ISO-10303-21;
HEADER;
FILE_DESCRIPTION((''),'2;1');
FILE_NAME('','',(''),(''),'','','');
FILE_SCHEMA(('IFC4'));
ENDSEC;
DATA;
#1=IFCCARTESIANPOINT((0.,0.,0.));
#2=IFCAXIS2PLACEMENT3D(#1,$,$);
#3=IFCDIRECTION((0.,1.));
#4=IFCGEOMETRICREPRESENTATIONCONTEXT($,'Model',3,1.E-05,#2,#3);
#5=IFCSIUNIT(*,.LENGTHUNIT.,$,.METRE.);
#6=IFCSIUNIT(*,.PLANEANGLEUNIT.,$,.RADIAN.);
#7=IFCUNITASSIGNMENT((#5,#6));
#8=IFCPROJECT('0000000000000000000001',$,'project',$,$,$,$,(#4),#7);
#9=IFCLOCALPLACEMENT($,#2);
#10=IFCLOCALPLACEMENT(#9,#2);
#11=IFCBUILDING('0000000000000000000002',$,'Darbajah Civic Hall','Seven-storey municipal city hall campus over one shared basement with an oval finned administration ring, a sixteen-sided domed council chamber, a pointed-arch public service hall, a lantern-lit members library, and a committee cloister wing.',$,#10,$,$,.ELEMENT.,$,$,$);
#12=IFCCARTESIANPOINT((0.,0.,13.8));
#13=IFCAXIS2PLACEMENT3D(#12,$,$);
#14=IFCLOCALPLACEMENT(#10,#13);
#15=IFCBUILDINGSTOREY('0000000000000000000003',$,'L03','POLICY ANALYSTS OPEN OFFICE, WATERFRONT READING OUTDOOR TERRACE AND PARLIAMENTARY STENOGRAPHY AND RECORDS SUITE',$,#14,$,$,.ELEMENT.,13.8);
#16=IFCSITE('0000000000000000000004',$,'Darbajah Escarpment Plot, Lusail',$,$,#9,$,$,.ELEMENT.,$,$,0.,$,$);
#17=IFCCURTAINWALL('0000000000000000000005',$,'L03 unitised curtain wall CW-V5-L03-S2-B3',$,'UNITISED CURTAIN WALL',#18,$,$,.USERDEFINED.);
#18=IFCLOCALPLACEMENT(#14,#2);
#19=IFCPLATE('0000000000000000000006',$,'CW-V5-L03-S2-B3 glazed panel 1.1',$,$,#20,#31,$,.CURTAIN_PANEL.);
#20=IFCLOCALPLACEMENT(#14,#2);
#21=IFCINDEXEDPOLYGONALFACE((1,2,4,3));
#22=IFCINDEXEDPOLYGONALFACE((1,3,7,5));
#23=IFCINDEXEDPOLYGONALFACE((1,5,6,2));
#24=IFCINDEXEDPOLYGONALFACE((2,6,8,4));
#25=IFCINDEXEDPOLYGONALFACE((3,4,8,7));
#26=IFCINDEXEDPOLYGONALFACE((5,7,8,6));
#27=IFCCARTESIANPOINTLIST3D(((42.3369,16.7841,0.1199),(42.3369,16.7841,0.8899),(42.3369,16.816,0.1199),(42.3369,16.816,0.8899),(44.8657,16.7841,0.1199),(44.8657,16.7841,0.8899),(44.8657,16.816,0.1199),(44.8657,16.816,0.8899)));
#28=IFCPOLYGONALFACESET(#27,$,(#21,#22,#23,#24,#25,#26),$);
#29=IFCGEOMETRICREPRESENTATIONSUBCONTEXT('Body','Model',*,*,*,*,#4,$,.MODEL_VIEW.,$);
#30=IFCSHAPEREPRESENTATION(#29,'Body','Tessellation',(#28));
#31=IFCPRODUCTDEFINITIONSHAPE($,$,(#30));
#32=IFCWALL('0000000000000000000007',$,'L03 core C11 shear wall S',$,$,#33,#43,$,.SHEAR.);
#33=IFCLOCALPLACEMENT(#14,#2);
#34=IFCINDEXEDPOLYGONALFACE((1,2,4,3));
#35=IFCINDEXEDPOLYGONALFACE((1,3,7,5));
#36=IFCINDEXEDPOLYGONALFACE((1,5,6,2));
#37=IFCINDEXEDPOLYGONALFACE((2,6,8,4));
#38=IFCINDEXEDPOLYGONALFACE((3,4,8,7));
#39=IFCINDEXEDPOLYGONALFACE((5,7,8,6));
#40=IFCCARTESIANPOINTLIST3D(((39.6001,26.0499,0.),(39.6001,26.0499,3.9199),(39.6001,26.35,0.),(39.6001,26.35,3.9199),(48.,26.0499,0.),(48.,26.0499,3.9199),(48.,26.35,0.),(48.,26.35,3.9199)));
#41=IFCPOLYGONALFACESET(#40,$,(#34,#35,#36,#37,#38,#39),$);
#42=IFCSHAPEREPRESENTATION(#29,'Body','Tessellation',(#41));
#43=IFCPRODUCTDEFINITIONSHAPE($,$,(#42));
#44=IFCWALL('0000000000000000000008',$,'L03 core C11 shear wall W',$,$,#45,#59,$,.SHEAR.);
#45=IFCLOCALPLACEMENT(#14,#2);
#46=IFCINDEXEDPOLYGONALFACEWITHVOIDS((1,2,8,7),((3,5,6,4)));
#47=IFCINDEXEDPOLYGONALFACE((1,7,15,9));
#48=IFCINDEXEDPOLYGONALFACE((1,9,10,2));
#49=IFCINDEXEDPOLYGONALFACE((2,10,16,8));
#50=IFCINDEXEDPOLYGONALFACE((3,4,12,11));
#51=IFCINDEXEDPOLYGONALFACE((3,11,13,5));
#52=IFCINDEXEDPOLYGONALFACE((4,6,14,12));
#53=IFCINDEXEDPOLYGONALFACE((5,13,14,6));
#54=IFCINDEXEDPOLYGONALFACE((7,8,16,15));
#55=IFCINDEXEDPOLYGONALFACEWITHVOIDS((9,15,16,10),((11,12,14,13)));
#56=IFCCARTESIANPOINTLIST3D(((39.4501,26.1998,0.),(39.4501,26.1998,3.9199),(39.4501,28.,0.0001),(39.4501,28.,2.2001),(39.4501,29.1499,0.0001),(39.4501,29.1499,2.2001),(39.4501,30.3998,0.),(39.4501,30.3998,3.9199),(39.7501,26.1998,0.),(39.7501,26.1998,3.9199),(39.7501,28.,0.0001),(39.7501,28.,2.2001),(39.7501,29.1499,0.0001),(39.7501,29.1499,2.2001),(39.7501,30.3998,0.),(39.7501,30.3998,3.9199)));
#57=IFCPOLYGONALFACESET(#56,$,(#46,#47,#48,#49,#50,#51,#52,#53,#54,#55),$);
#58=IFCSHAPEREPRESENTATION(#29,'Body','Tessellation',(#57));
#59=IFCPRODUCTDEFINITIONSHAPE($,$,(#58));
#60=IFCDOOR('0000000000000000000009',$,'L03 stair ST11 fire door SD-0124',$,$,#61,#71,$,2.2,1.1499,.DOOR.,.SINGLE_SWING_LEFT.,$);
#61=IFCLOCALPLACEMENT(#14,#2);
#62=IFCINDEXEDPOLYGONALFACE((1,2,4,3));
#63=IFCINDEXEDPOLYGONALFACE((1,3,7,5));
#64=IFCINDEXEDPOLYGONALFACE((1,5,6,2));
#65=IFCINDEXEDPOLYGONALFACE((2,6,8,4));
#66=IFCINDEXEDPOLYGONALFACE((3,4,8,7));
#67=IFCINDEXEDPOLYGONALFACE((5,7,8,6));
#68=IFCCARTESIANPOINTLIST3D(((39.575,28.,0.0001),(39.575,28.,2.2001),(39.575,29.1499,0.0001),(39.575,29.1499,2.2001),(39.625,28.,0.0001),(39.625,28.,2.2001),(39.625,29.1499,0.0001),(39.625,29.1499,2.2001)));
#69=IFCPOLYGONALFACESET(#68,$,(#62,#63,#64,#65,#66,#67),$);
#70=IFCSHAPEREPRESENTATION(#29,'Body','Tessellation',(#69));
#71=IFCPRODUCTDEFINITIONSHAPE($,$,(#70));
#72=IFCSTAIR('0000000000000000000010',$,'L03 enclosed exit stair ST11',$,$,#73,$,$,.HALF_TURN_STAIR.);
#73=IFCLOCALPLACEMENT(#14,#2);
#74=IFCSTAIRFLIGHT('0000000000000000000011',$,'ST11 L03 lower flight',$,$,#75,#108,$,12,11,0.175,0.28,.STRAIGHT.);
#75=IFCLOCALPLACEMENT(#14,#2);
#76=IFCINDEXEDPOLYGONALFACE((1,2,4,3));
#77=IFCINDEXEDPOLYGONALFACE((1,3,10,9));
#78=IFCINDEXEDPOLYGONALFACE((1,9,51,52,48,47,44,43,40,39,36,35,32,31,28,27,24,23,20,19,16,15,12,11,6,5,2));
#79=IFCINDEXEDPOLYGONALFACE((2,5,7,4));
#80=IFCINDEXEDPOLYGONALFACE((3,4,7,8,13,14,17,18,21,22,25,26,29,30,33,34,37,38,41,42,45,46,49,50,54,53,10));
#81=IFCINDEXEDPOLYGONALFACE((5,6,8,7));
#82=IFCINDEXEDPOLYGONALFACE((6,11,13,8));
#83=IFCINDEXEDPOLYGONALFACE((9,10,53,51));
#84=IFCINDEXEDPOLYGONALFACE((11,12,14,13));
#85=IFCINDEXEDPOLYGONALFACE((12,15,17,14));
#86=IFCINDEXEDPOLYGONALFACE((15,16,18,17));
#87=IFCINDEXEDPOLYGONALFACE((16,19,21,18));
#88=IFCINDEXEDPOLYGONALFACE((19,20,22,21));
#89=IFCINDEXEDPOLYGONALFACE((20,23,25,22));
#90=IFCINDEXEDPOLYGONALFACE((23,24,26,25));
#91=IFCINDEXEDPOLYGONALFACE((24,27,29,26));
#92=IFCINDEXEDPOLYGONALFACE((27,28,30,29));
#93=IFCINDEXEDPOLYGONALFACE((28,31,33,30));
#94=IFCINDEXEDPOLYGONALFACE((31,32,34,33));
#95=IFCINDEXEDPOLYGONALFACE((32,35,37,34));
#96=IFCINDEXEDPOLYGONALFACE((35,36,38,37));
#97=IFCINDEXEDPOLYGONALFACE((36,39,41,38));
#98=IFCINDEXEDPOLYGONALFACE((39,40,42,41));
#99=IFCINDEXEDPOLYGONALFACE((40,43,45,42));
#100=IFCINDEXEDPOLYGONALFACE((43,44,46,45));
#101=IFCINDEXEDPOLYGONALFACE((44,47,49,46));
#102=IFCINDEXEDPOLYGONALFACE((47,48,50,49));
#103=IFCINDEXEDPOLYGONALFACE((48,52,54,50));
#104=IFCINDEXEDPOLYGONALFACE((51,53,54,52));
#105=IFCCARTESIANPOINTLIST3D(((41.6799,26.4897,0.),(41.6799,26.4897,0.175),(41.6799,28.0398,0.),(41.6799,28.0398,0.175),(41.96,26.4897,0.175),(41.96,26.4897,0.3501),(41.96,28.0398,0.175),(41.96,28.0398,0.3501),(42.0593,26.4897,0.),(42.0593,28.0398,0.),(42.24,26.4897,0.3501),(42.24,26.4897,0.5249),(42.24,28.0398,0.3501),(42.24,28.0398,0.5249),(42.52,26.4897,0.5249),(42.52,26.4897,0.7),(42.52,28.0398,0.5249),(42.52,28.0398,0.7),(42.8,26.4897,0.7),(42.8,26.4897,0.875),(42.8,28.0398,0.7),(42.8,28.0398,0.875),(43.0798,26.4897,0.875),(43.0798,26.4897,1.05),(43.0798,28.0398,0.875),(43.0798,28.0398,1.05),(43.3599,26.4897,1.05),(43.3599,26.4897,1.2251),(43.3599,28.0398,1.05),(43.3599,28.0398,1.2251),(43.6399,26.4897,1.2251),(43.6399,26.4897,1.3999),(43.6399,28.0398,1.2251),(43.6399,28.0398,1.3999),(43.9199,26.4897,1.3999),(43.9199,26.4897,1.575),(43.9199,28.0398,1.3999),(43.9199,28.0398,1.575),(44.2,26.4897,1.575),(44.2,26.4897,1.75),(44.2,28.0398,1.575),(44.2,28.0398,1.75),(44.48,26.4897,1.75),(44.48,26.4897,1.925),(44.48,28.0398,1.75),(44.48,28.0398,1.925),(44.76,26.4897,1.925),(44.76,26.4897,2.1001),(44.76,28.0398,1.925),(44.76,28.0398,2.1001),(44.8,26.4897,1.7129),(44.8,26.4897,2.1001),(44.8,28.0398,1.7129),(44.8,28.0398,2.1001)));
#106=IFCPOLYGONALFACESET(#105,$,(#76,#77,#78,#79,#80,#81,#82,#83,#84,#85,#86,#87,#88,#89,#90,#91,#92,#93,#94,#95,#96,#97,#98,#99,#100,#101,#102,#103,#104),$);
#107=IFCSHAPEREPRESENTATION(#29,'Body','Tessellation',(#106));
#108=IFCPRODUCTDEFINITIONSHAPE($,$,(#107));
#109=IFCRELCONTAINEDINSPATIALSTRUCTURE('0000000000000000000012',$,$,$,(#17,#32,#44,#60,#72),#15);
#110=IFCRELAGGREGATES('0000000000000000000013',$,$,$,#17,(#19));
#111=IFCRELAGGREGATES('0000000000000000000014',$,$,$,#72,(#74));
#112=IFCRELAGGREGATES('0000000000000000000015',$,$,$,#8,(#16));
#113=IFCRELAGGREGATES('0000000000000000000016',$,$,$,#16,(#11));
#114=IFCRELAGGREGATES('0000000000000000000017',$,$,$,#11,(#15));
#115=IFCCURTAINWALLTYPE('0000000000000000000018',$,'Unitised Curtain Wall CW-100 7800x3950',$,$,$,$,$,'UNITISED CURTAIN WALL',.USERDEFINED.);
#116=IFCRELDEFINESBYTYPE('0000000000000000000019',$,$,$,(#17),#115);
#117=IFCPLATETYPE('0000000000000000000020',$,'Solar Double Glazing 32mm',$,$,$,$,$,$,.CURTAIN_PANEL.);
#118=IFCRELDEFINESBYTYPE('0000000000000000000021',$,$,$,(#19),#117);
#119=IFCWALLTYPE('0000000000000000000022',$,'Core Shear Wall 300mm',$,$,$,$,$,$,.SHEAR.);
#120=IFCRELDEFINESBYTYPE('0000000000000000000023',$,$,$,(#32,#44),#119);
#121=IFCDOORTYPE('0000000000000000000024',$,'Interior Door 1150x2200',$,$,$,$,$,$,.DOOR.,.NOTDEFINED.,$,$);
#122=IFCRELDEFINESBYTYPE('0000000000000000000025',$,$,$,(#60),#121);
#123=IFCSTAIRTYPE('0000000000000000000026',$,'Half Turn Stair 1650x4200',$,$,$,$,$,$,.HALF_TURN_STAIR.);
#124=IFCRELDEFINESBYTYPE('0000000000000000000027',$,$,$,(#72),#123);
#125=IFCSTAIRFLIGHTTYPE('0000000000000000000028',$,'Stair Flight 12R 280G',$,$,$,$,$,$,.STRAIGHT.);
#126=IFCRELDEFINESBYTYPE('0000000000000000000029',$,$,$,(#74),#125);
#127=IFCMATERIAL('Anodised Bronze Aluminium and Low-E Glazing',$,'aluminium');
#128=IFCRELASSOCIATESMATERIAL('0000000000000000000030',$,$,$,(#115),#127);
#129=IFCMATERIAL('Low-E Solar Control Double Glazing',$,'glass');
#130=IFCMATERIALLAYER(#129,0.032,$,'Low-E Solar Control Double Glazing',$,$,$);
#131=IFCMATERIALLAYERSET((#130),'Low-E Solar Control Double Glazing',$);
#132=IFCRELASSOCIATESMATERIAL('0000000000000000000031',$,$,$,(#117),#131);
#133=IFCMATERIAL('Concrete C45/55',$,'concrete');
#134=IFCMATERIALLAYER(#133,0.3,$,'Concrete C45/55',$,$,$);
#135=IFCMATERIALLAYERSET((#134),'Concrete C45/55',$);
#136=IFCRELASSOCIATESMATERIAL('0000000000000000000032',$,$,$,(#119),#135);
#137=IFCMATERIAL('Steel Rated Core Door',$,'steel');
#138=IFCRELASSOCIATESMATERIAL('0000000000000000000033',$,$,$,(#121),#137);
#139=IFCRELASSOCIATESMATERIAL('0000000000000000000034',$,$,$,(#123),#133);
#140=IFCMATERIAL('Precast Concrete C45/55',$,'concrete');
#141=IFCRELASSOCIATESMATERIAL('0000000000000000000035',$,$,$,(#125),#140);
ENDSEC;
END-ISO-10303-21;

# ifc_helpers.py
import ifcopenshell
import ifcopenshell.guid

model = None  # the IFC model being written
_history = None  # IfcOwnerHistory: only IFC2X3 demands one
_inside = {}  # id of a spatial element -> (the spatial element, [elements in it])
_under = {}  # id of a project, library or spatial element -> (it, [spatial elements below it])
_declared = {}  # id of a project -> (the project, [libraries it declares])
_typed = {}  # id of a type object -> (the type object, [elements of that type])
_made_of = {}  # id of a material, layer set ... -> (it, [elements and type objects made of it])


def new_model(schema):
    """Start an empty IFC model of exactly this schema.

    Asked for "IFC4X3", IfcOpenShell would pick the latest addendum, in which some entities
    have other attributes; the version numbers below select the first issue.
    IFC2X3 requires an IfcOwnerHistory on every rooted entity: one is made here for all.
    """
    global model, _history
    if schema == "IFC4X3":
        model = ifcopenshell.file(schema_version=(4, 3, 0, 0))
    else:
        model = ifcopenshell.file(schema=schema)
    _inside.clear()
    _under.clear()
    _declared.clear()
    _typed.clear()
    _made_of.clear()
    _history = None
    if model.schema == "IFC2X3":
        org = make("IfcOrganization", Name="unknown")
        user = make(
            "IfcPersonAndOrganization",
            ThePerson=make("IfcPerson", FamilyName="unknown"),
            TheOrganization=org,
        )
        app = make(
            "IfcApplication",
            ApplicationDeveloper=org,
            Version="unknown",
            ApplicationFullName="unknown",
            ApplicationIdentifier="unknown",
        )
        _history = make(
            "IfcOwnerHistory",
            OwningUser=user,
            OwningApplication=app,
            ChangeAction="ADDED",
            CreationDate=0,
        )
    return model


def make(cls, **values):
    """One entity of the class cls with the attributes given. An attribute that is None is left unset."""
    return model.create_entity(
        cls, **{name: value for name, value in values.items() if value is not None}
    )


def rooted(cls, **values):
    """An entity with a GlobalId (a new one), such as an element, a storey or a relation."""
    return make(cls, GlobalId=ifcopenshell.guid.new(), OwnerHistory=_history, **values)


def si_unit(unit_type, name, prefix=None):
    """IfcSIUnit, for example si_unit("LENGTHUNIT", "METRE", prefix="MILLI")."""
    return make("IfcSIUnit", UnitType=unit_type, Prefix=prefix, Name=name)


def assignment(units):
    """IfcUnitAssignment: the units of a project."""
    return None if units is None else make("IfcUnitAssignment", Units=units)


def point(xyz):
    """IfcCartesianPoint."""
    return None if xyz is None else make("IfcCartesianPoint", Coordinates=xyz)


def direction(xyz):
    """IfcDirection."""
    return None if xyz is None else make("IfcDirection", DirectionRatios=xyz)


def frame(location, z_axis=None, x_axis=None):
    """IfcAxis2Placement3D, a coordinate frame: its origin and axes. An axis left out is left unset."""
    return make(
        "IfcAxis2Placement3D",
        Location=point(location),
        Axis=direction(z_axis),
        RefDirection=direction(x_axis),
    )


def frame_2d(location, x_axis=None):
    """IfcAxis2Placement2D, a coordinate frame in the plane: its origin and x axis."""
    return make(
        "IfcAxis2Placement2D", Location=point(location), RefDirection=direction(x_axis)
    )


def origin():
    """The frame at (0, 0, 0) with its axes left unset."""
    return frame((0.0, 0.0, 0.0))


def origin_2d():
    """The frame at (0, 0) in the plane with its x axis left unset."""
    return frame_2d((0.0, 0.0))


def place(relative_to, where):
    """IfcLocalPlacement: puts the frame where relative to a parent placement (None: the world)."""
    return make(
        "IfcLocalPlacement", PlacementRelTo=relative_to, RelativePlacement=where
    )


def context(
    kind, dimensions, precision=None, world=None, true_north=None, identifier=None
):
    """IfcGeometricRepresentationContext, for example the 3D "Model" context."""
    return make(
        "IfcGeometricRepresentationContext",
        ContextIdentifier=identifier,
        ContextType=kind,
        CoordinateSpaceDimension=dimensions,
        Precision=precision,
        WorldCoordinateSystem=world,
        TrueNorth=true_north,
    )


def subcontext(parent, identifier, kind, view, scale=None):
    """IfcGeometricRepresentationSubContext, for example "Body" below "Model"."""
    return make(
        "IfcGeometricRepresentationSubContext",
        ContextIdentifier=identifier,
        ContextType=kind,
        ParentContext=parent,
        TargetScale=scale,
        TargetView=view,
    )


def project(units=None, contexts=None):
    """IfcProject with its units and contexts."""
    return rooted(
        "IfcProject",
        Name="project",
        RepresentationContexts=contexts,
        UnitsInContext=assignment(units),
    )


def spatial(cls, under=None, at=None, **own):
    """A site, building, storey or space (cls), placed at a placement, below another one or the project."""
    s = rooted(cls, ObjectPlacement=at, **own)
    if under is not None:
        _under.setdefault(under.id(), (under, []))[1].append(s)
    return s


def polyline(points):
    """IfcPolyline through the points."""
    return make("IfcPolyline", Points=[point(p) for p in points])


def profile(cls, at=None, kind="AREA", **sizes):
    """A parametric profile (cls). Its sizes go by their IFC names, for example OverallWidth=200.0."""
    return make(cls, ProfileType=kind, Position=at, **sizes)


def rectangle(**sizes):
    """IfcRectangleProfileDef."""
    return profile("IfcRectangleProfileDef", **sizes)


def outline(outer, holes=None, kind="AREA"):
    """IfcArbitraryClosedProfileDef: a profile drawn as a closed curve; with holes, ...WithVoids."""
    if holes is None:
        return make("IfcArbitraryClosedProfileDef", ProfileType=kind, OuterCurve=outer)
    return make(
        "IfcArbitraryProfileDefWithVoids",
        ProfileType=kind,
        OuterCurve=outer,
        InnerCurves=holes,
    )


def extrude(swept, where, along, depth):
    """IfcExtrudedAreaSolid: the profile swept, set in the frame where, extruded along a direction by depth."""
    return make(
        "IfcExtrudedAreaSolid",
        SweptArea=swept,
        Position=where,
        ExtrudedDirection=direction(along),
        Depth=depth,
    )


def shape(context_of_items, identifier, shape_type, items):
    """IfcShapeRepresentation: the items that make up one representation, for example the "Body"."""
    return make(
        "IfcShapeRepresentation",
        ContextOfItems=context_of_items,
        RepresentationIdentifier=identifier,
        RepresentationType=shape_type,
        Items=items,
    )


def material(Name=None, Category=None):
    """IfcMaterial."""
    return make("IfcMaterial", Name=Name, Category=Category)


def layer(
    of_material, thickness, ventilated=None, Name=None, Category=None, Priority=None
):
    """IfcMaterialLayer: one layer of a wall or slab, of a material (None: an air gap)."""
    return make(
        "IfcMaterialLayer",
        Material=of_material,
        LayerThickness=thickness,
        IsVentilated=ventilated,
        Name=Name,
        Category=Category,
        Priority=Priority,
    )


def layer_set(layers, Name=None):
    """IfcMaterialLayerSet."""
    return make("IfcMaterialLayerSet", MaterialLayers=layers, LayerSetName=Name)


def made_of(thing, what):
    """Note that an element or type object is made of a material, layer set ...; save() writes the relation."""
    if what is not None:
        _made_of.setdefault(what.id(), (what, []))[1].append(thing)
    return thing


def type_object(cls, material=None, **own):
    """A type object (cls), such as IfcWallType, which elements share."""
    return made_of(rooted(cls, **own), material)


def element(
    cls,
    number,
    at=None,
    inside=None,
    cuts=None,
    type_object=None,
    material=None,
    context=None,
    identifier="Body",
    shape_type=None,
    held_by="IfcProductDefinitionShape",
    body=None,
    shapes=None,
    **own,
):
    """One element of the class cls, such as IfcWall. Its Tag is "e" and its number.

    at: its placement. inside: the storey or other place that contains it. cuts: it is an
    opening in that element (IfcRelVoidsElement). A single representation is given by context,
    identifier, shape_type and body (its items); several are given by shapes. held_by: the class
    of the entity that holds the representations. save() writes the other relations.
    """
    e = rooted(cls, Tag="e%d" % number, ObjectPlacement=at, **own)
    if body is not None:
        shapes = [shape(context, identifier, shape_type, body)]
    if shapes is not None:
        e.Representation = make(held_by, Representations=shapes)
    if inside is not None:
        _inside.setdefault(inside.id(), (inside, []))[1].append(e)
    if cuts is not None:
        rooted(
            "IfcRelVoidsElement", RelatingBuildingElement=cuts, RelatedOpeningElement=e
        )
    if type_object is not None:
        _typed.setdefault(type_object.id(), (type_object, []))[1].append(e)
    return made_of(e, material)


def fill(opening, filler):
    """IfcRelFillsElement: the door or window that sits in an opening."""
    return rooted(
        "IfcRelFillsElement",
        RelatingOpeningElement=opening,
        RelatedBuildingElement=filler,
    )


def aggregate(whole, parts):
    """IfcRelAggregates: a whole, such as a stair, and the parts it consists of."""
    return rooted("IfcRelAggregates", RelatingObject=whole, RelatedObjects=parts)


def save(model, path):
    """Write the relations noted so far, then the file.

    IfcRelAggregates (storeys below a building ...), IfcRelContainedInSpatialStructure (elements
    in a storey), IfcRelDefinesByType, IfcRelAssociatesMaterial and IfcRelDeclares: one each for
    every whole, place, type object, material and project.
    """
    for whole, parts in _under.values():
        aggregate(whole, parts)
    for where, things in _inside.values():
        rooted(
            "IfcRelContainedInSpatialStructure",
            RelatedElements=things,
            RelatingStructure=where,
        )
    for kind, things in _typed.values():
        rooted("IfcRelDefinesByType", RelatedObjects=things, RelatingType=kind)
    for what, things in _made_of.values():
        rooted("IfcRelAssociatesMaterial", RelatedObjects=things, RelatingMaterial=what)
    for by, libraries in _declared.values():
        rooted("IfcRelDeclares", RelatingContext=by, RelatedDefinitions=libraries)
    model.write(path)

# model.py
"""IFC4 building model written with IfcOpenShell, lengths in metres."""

from ifc_helpers import new_model, si_unit, direction, frame, frame_2d, origin, origin_2d, place, context, subcontext, project, spatial, polyline, rectangle, outline, extrude, material, layer, layer_set, type_object, element, fill, aggregate, save


model = new_model("IFC4")

# Units and contexts
model_context = context("Model", 3, precision=1e-05, world=origin(), true_north=direction((0.0, 1.0)))
body_context = subcontext(model_context, "Body", "Model", "MODEL_VIEW")
ifc_project = project(units=[si_unit("LENGTHUNIT", "METRE"), si_unit("PLANEANGLEUNIT", "RADIAN")], contexts=[model_context])

# Site, building, storey
site_placement = place(None, origin())
site = spatial("IfcSite", under=ifc_project, at=site_placement, Name="Darbajah Escarpment Plot, Lusail", CompositionType="ELEMENT", RefElevation=0.0)
building_placement = place(site_placement, origin())
building = spatial("IfcBuilding", under=site, at=building_placement, Name="Darbajah Civic Hall", Description="Seven-storey municipal city hall campus over one shared basement with an oval finned administration ring, a sixteen-sided domed council chamber, a pointed-arch public service hall, a lantern-lit members library, and a committee cloister wing.", CompositionType="ELEMENT")
storey_placement = place(building_placement, frame((0.0, 0.0, 13.8)))
storey = spatial("IfcBuildingStorey", under=building, at=storey_placement, Name="L03", Description="POLICY ANALYSTS OPEN OFFICE, WATERFRONT READING OUTDOOR TERRACE AND PARLIAMENTARY STENOGRAPHY AND RECORDS SUITE", CompositionType="ELEMENT", Elevation=13.8)

# Shared definitions
ifc_material_1 = material(Name="Concrete C45/55", Category="concrete")

# Curtain wall
ifc_material_2 = material(Name="Anodised Bronze Aluminium and Low-E Glazing", Category="aluminium")
curtain_wall_type = type_object("IfcCurtainWallType", Name="Unitised Curtain Wall CW-100 7800x3950", ElementType="UNITISED CURTAIN WALL", PredefinedType="USERDEFINED", material=ifc_material_2)
curtain_wall_placement = place(storey_placement, origin())
curtain_wall = element("IfcCurtainWall", 1, at=curtain_wall_placement, inside=storey, type_object=curtain_wall_type, Name="L03 unitised curtain wall CW-V5-L03-S2-B3", ObjectType="UNITISED CURTAIN WALL", PredefinedType="USERDEFINED")

# Plate
ifc_material_3 = material(Name="Low-E Solar Control Double Glazing", Category="glass")
ifc_layer_1 = layer(ifc_material_3, 0.032, Name="Low-E Solar Control Double Glazing")
ifc_layer_set_1 = layer_set([ifc_layer_1], Name="Low-E Solar Control Double Glazing")
plate_type = type_object("IfcPlateType", Name="Solar Double Glazing 32mm", PredefinedType="CURTAIN_PANEL", material=ifc_layer_set_1)
plate_placement = place(storey_placement, frame((43.6013, 16.8, 0.1199), z_axis=(0.0, 0.0, 1.0), x_axis=(1.0, 0.0, 0.0)))
plate = element("IfcPlate", 2, at=plate_placement, type_object=plate_type, Name="CW-V5-L03-S2-B3 glazed panel 1.1", PredefinedType="CURTAIN_PANEL", context=body_context, shape_type="SweptSolid", body=[
    extrude(rectangle(XDim=2.5288, YDim=0.032, at=origin_2d()), origin(), (0.0, 0.0, 1.0), 0.77),
])
aggregate(curtain_wall, [plate])

# Wall
ifc_layer_2 = layer(ifc_material_1, 0.3, Name="Concrete C45/55")
ifc_layer_set_2 = layer_set([ifc_layer_2], Name="Concrete C45/55")
wall_type = type_object("IfcWallType", Name="Core Shear Wall 300mm", PredefinedType="SHEAR", material=ifc_layer_set_2)
wall_1_placement = place(storey_placement, frame((39.6001, 26.2, 0.0), z_axis=(0.0, 0.0, 1.0), x_axis=(1.0, 0.0, 0.0)))
element("IfcWall", 3, at=wall_1_placement, inside=storey, type_object=wall_type, Name="L03 core C11 shear wall S", PredefinedType="SHEAR", context=body_context, shape_type="SweptSolid", body=[
    extrude(rectangle(XDim=8.3999, YDim=0.3, at=frame_2d((4.2, 0.0))), origin(), (0.0, 0.0, 1.0), 3.9199),
])

# Wall, opening, door
wall_2_placement = place(storey_placement, frame((39.6001, 30.3999, 0.0), z_axis=(0.0, 0.0, 1.0), x_axis=(0.0, -1.0, 0.0)))
wall_2 = element("IfcWall", 4, at=wall_2_placement, inside=storey, type_object=wall_type, Name="L03 core C11 shear wall W", PredefinedType="SHEAR", context=body_context, shape_type="SweptSolid", body=[
    extrude(rectangle(XDim=4.2, YDim=0.3, at=frame_2d((2.1001, 0.0))), origin(), (0.0, 0.0, 1.0), 3.9199),
])
opening_placement = place(wall_2_placement, frame((1.25, 0.0, 0.0)))
opening = element("IfcOpeningElement", 5, at=opening_placement, cuts=wall_2, PredefinedType="OPENING", context=body_context, shape_type="SweptSolid", body=[
    extrude(rectangle(XDim=1.1499, YDim=2.2, at=frame_2d((0.575, 1.1001))), frame((0.0, 0.1599, 0.0), z_axis=(0.0, -1.0, 0.0), x_axis=(1.0, 0.0, 0.0)), (0.0, 0.0, 1.0), 0.3201),
])
ifc_material_4 = material(Name="Steel Rated Core Door", Category="steel")
door_type = type_object("IfcDoorType", Name="Interior Door 1150x2200", OperationType="NOTDEFINED", PredefinedType="DOOR", material=ifc_material_4)
door_placement = place(opening_placement, origin())
door = element("IfcDoor", 6, at=door_placement, inside=storey, type_object=door_type, Name="L03 stair ST11 fire door SD-0124", OperationType="SINGLE_SWING_LEFT", OverallHeight=2.2, OverallWidth=1.1499, PredefinedType="DOOR", context=body_context, shape_type="SweptSolid", body=[
    extrude(rectangle(XDim=1.1499, YDim=2.2, at=frame_2d((0.575, 1.1001))), frame((0.0, 0.0249, 0.0), z_axis=(0.0, -1.0, 0.0), x_axis=(1.0, 0.0, 0.0)), (0.0, 0.0, 1.0), 0.05),
])
fill(opening, door)

# Stair, stair flight
stair_type = type_object("IfcStairType", Name="Half Turn Stair 1650x4200", PredefinedType="HALF_TURN_STAIR", material=ifc_material_1)
stair_placement = place(storey_placement, origin())
stair = element("IfcStair", 7, at=stair_placement, inside=storey, type_object=stair_type, Name="L03 enclosed exit stair ST11", PredefinedType="HALF_TURN_STAIR")
ifc_material_5 = material(Name="Precast Concrete C45/55", Category="concrete")
stair_flight_type = type_object("IfcStairFlightType", Name="Stair Flight 12R 280G", PredefinedType="STRAIGHT", material=ifc_material_5)
stair_flight_placement = place(storey_placement, frame((41.6799, 27.2649, 0.0), z_axis=(0.0, 0.0, 1.0), x_axis=(1.0, 0.0, 0.0)))
stair_flight = element("IfcStairFlight", 8, at=stair_flight_placement, type_object=stair_flight_type, Name="ST11 L03 lower flight", NumberOfRisers=12, NumberOfTreads=11, PredefinedType="STRAIGHT", RiserHeight=0.175, TreadLength=0.28, context=body_context, shape_type="SweptSolid", body=[
    extrude(outline(polyline([(0.0, 0.0), (0.0, 0.175), (0.28, 0.175), (0.28, 0.3501), (0.5601, 0.3501), (0.5601, 0.5249), (0.8401, 0.5249), (0.8401, 0.7), (1.1201, 0.7), (1.1201, 0.875), (1.3999, 0.875), (1.3999, 1.05), (1.6799, 1.05), (1.6799, 1.2251), (1.96, 1.2251), (1.96, 1.3999), (2.24, 1.3999), (2.24, 1.575), (2.52, 1.575), (2.52, 1.75), (2.8, 1.75), (2.8, 1.925), (3.0801, 1.925), (3.0801, 2.1001), (3.1201, 2.1001), (3.1201, 1.7129), (0.3794, 0.0), (0.0, 0.0)])), frame((0.0, 0.7749, 0.0), z_axis=(0.0, -1.0, 0.0), x_axis=(1.0, 0.0, 0.0)), (0.0, 0.0, 1.0), 1.55),
])
aggregate(stair, [stair_flight])

save(model, "model.ifc")
